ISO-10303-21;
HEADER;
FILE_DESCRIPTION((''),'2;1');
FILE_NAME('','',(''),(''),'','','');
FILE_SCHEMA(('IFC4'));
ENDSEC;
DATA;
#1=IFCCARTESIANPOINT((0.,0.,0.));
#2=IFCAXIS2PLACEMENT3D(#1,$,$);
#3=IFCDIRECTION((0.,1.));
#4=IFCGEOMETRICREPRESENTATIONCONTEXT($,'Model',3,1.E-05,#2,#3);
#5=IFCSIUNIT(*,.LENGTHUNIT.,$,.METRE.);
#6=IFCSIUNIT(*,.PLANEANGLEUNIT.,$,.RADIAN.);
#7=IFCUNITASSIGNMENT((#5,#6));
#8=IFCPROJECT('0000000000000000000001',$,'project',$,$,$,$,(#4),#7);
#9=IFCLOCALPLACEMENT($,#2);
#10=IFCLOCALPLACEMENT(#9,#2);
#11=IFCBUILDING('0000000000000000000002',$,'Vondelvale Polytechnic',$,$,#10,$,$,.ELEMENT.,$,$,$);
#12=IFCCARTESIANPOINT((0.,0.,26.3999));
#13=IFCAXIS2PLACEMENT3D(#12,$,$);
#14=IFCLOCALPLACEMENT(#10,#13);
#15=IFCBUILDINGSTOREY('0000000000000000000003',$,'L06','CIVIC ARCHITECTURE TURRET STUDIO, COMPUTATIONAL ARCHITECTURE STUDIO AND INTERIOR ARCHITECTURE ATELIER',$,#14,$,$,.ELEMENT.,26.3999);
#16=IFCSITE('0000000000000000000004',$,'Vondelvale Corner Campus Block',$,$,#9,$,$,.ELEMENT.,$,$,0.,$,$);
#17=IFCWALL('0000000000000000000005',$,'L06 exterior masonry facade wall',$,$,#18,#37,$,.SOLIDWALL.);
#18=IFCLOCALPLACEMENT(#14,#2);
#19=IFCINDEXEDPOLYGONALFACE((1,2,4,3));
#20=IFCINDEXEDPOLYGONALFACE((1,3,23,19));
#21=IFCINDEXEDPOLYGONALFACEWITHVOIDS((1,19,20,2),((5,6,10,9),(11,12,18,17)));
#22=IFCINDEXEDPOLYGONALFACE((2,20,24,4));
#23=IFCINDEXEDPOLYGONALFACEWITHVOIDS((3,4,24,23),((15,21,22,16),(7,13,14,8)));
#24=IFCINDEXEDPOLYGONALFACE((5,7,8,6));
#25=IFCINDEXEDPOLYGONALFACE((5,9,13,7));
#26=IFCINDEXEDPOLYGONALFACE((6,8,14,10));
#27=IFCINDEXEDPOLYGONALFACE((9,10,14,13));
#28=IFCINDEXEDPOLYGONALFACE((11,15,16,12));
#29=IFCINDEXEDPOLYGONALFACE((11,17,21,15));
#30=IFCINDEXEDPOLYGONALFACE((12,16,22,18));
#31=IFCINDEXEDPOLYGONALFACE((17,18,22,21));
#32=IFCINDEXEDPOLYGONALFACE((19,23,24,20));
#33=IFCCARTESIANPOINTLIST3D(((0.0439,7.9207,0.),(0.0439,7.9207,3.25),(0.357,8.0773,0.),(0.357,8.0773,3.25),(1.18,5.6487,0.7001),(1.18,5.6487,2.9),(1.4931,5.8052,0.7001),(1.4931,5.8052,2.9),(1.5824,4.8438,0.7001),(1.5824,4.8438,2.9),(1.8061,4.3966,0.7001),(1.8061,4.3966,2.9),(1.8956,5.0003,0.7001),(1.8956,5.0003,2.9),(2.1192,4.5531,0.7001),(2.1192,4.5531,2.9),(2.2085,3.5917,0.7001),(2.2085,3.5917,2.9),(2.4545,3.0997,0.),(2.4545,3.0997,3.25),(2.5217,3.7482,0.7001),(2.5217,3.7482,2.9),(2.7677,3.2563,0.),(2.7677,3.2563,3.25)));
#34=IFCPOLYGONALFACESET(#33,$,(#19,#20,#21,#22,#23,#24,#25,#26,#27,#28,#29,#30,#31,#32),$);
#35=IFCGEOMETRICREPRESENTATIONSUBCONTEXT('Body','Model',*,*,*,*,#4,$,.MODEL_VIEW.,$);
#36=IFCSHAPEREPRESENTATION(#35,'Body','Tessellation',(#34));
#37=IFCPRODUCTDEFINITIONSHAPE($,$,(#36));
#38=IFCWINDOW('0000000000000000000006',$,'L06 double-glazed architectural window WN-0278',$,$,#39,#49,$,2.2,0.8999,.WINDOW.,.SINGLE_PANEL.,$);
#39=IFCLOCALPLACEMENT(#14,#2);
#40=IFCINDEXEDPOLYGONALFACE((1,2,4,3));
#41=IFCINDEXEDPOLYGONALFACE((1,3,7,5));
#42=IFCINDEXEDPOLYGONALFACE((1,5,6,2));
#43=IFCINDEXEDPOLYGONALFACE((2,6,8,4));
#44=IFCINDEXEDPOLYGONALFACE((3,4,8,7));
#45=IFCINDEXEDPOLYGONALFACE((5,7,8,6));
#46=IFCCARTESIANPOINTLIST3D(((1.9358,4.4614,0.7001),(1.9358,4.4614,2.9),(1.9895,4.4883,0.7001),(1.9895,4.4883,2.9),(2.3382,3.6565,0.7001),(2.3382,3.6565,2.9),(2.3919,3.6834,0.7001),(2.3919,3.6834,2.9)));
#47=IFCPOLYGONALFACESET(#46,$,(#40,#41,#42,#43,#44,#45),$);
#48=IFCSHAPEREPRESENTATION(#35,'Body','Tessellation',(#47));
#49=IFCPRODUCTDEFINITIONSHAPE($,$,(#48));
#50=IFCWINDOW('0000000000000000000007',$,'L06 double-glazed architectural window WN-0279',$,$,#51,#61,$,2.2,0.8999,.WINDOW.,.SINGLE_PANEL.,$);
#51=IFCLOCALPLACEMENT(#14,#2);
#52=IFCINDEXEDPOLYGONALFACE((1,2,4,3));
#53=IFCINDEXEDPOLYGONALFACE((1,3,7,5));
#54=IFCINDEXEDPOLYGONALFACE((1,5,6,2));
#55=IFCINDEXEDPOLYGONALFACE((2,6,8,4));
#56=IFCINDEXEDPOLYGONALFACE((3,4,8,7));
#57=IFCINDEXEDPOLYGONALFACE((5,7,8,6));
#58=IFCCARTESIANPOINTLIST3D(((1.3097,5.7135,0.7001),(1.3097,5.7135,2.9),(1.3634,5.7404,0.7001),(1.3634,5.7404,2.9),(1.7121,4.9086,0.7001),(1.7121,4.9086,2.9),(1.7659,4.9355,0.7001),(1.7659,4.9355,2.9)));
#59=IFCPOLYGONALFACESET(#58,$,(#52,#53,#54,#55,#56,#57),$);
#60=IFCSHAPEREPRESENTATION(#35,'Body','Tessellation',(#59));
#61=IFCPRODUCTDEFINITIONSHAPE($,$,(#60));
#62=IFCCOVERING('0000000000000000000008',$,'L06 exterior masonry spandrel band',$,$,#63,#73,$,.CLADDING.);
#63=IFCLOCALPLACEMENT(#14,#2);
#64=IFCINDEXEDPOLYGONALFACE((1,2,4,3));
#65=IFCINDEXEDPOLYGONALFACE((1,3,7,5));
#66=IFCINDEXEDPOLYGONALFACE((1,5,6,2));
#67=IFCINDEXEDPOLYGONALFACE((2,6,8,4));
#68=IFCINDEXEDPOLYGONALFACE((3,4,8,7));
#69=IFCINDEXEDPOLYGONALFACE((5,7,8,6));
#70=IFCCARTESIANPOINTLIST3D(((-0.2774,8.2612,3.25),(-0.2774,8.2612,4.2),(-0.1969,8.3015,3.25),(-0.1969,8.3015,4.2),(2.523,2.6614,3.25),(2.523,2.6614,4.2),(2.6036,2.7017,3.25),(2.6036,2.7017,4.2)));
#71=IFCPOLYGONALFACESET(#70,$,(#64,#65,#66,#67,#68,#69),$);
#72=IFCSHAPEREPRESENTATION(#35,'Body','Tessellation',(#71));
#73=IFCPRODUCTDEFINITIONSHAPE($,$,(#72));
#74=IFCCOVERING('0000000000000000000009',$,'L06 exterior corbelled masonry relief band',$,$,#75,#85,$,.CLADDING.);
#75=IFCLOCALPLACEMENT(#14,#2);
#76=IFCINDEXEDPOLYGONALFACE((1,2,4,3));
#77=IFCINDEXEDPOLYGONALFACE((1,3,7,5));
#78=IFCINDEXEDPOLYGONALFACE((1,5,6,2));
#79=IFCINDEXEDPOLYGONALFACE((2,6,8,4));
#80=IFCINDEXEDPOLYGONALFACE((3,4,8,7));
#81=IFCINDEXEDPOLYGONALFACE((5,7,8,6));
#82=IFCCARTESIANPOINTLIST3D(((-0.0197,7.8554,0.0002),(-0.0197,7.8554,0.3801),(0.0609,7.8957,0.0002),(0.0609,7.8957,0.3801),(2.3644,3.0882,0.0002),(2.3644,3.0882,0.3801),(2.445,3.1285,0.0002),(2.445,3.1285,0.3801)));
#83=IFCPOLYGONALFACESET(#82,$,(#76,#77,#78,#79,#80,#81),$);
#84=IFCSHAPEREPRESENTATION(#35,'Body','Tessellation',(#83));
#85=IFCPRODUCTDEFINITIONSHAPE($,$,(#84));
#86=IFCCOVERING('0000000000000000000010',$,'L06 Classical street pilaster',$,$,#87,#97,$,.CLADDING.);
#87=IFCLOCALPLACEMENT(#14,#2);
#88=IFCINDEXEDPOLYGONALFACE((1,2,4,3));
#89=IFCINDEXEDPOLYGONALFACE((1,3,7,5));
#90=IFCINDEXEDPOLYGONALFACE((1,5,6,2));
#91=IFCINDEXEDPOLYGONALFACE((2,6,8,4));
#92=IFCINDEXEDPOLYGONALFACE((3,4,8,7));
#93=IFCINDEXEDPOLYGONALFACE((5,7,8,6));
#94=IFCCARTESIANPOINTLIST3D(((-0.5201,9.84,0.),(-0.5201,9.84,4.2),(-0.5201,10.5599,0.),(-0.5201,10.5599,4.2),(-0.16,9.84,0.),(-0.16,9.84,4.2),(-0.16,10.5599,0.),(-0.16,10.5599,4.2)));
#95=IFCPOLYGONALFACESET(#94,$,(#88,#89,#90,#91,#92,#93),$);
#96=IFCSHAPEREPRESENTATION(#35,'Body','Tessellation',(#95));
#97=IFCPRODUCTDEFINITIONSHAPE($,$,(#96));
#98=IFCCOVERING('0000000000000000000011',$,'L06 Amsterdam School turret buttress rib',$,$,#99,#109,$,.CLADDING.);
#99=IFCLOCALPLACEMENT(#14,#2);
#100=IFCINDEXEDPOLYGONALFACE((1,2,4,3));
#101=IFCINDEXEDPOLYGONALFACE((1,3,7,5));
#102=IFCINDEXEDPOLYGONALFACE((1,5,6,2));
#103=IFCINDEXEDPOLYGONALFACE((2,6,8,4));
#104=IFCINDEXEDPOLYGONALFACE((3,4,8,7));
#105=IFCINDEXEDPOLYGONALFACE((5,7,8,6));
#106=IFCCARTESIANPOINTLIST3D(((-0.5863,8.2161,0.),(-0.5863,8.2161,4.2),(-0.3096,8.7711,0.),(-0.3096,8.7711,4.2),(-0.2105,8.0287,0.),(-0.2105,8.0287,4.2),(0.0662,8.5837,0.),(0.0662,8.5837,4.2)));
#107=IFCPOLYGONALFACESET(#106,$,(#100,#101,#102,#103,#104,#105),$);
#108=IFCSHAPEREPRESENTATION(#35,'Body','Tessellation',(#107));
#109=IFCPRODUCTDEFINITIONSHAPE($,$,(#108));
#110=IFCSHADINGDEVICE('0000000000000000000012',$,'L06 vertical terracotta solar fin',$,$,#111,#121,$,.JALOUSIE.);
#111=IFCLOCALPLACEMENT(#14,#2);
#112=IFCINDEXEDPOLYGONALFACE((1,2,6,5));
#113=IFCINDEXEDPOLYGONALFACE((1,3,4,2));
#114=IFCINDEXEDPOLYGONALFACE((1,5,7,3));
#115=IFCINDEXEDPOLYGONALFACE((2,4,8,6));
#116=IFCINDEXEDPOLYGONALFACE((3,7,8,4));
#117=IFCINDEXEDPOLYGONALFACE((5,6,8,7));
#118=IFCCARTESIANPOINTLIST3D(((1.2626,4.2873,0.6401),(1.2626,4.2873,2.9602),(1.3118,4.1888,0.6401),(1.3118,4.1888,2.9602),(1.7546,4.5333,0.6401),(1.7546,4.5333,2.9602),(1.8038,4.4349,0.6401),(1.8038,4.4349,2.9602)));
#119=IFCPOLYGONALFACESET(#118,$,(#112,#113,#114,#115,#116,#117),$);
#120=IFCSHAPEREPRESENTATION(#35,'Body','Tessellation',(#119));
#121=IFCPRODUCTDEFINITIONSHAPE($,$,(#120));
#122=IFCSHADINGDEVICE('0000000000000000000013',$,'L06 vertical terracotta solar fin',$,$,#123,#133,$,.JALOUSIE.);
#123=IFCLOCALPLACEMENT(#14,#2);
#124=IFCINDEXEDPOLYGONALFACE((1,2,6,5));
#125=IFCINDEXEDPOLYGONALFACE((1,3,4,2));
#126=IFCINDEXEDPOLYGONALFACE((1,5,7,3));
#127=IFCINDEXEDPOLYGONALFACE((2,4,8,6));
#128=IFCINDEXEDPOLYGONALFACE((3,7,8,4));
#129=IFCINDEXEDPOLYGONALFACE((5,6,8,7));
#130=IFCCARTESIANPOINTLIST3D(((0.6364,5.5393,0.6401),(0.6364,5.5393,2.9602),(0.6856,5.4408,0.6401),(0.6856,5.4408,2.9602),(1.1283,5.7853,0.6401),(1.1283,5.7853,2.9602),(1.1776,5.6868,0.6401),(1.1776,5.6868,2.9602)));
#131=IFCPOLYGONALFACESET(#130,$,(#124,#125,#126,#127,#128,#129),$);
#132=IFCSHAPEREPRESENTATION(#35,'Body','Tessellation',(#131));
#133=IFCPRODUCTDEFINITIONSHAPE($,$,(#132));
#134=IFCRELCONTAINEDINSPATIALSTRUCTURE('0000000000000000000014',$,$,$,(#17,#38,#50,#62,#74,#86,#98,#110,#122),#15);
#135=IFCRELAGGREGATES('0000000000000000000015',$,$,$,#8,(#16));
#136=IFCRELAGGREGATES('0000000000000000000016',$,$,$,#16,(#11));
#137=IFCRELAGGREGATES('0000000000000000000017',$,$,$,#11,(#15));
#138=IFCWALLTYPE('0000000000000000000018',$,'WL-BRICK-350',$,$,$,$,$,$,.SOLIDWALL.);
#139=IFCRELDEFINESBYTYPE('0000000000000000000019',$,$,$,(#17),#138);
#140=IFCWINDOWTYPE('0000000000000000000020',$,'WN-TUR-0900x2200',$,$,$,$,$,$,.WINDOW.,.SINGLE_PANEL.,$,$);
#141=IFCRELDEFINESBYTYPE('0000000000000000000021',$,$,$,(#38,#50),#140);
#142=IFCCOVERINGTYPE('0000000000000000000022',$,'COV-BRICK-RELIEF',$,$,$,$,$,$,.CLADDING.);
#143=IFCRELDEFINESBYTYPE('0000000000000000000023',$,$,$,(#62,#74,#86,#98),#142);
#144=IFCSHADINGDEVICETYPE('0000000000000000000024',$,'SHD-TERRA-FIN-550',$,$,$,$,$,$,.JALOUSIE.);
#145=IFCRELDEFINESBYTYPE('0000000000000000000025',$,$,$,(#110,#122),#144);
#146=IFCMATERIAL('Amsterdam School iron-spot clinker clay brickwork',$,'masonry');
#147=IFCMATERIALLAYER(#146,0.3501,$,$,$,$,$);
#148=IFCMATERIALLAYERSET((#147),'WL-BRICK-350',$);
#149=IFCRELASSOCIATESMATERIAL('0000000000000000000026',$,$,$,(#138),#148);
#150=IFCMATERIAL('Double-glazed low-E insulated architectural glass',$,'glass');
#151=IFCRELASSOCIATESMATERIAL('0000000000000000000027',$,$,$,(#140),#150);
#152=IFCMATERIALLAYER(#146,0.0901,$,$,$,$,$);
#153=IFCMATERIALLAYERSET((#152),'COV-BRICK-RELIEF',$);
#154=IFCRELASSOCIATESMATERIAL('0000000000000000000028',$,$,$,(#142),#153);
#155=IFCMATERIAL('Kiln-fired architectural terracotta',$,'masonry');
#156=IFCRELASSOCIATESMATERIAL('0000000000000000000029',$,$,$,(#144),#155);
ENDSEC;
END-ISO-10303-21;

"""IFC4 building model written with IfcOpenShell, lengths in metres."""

from ifc_helpers import new_model, si_unit, direction, frame, frame_2d, origin, origin_2d, place, context, subcontext, project, spatial, rectangle, extrude, material, layer, layer_set, type_object, element, fill, save


model = new_model("IFC4")

# Units and contexts
model_context = context("Model", 3, precision=1e-05, world=origin(), true_north=direction((0.0, 1.0)))
body_context = subcontext(model_context, "Body", "Model", "MODEL_VIEW")
ifc_project = project(units=[si_unit("LENGTHUNIT", "METRE"), si_unit("PLANEANGLEUNIT", "RADIAN")], contexts=[model_context])

# Site, building, storey
site_placement = place(None, origin())
site = spatial("IfcSite", under=ifc_project, at=site_placement, Name="Vondelvale Corner Campus Block", CompositionType="ELEMENT", RefElevation=0.0)
building_placement = place(site_placement, origin())
building = spatial("IfcBuilding", under=site, at=building_placement, Name="Vondelvale Polytechnic", CompositionType="ELEMENT")
storey_placement = place(building_placement, frame((0.0, 0.0, 26.3999)))
storey = spatial("IfcBuildingStorey", under=building, at=storey_placement, Name="L06", Description="CIVIC ARCHITECTURE TURRET STUDIO, COMPUTATIONAL ARCHITECTURE STUDIO AND INTERIOR ARCHITECTURE ATELIER", CompositionType="ELEMENT", Elevation=26.3999)

# Shared definitions
ifc_material_1 = material(Name="Amsterdam School iron-spot clinker clay brickwork", Category="masonry")

# Shared definitions
ifc_material_2 = material(Name="Double-glazed low-E insulated architectural glass", Category="glass")

# Wall, openings, windows
ifc_layer_1 = layer(ifc_material_1, 0.3501)
ifc_layer_set_1 = layer_set([ifc_layer_1], Name="WL-BRICK-350")
wall_type_1 = type_object("IfcWallType", Name="WL-BRICK-350", PredefinedType="SOLIDWALL", material=ifc_layer_set_1)
wall_1_placement = place(storey_placement, frame((2.6111, 3.178, 0.0), z_axis=(0.0, 0.0, 1.0), x_axis=(-0.447232, 0.894418, 0.0)))
wall_1 = element("IfcWall", 1, at=wall_1_placement, inside=storey, type_object=wall_type_1, Name="L06 exterior masonry facade wall", PredefinedType="SOLIDWALL", context=body_context, shape_type="SweptSolid", body=[
    extrude(rectangle(XDim=5.3901, YDim=0.3501, at=frame_2d((2.6951, 0.0))), origin(), (0.0, 0.0, 1.0), 3.25),
])
opening_1_placement = place(wall_1_placement, frame((0.55, 0.0, 0.7)))
opening_1 = element("IfcOpeningElement", 2, at=opening_1_placement, cuts=wall_1, PredefinedType="OPENING", context=body_context, shape_type="SweptSolid", body=[
    extrude(rectangle(XDim=0.8999, YDim=2.2, at=frame_2d((0.45, 1.1001))), frame((0.0, 0.1851, 0.0), z_axis=(0.0, -1.0, 0.0), x_axis=(1.0, 0.0, 0.0)), (0.0, 0.0, 1.0), 0.3701),
])
opening_2_placement = place(wall_1_placement, frame((1.95, 0.0, 0.7)))
opening_2 = element("IfcOpeningElement", 3, at=opening_2_placement, cuts=wall_1, PredefinedType="OPENING", context=body_context, shape_type="SweptSolid", body=[
    extrude(rectangle(XDim=0.8999, YDim=2.2, at=frame_2d((0.45, 1.1001))), frame((0.0, 0.1851, 0.0), z_axis=(0.0, -1.0, 0.0), x_axis=(1.0, 0.0, 0.0)), (0.0, 0.0, 1.0), 0.3701),
])
window_type_1 = type_object("IfcWindowType", Name="WN-TUR-0900x2200", PartitioningType="SINGLE_PANEL", PredefinedType="WINDOW", material=ifc_material_2)
window_1_placement = place(opening_1_placement, origin())
window_1 = element("IfcWindow", 4, at=window_1_placement, inside=storey, type_object=window_type_1, Name="L06 double-glazed architectural window WN-0278", OverallHeight=2.2, OverallWidth=0.8999, PartitioningType="SINGLE_PANEL", PredefinedType="WINDOW", context=body_context, shape_type="SweptSolid", body=[
    extrude(rectangle(XDim=0.8999, YDim=2.2, at=frame_2d((0.45, 1.1001))), frame((0.0, 0.03, 0.0), z_axis=(0.0, -1.0, 0.0), x_axis=(1.0, 0.0, 0.0)), (0.0, 0.0, 1.0), 0.0601),
])
fill(opening_1, window_1)
window_2_placement = place(opening_2_placement, origin())
window_2 = element("IfcWindow", 5, at=window_2_placement, inside=storey, type_object=window_type_1, Name="L06 double-glazed architectural window WN-0279", OverallHeight=2.2, OverallWidth=0.8999, PartitioningType="SINGLE_PANEL", PredefinedType="WINDOW", context=body_context, shape_type="SweptSolid", body=[
    extrude(rectangle(XDim=0.8999, YDim=2.2, at=frame_2d((0.45, 1.1001))), frame((0.0, 0.03, 0.0), z_axis=(0.0, -1.0, 0.0), x_axis=(1.0, 0.0, 0.0)), (0.0, 0.0, 1.0), 0.0601),
])
fill(opening_2, window_2)

# Coverings
ifc_layer_2 = layer(ifc_material_1, 0.0901)
ifc_layer_set_2 = layer_set([ifc_layer_2], Name="COV-BRICK-RELIEF")
covering_type = type_object("IfcCoveringType", Name="COV-BRICK-RELIEF", PredefinedType="CLADDING", material=ifc_layer_set_2)
covering_1_placement = place(storey_placement, frame((1.1631, 5.4814, 3.25), z_axis=(0.0, 0.0, 1.0), x_axis=(-0.447291, 0.894389, 0.0)))
element("IfcCovering", 6, at=covering_1_placement, inside=storey, type_object=covering_type, Name="L06 exterior masonry spandrel band", PredefinedType="CLADDING", context=body_context, shape_type="SweptSolid", body=[
    extrude(rectangle(XDim=6.261, YDim=0.0901, at=origin_2d()), origin(), (0.0, 0.0, 1.0), 0.95),
])
covering_2_placement = place(storey_placement, frame((1.2126, 5.4919, 0.0002), z_axis=(0.0, 0.0, 1.0), x_axis=(-0.447291, 0.894389, 0.0)))
element("IfcCovering", 7, at=covering_2_placement, inside=storey, type_object=covering_type, Name="L06 exterior corbelled masonry relief band", PredefinedType="CLADDING", context=body_context, shape_type="SweptSolid", body=[
    extrude(rectangle(XDim=5.3301, YDim=0.0901, at=origin_2d()), origin(), (0.0, 0.0, 1.0), 0.3799),
])
covering_3_placement = place(storey_placement, frame((-0.3401, 10.2, 0.0), z_axis=(0.0, 0.0, 1.0), x_axis=(1.0, 0.0, 0.0)))
element("IfcCovering", 8, at=covering_3_placement, inside=storey, type_object=covering_type, Name="L06 Classical street pilaster", PredefinedType="CLADDING", context=body_context, shape_type="SweptSolid", body=[
    extrude(rectangle(XDim=0.3601, YDim=0.72, at=origin_2d()), origin(), (0.0, 0.0, 1.0), 4.2),
])
covering_4_placement = place(storey_placement, frame((-0.26, 8.3999, 0.0), z_axis=(0.0, 0.0, 1.0), x_axis=(0.446198, 0.894934, 0.0)))
element("IfcCovering", 9, at=covering_4_placement, inside=storey, type_object=covering_type, Name="L06 Amsterdam School turret buttress rib", PredefinedType="CLADDING", context=body_context, shape_type="SweptSolid", body=[
    extrude(rectangle(XDim=0.6201, YDim=0.4199, at=origin_2d()), origin(), (0.0, 0.0, 1.0), 4.2),
])

# Shading devices
ifc_material_3 = material(Name="Kiln-fired architectural terracotta", Category="masonry")
shading_device_type = type_object("IfcShadingDeviceType", Name="SHD-TERRA-FIN-550", PredefinedType="JALOUSIE", material=ifc_material_3)
for number, where, z_axis, x_axis, name in (
    (10, (1.5332, 4.3611, 0.6401), (0.0, 0.0, 1.0), (-0.447291, 0.894389, 0.0), "L06 vertical terracotta solar fin"),
    (11, (0.907, 5.613, 0.6401), (0.0, 0.0, 1.0), (-0.447291, 0.894389, 0.0), "L06 vertical terracotta solar fin"),
):
    element("IfcShadingDevice", number, at=place(storey_placement, frame(where, z_axis=z_axis, x_axis=x_axis)), inside=storey, type_object=shading_device_type, Name=name, PredefinedType="JALOUSIE", context=body_context, shape_type="SweptSolid", body=[
        extrude(rectangle(XDim=0.1101, YDim=0.55, at=origin_2d()), origin(), (0.0, 0.0, 1.0), 2.3201),
    ])

save(model, "model.ifc")
